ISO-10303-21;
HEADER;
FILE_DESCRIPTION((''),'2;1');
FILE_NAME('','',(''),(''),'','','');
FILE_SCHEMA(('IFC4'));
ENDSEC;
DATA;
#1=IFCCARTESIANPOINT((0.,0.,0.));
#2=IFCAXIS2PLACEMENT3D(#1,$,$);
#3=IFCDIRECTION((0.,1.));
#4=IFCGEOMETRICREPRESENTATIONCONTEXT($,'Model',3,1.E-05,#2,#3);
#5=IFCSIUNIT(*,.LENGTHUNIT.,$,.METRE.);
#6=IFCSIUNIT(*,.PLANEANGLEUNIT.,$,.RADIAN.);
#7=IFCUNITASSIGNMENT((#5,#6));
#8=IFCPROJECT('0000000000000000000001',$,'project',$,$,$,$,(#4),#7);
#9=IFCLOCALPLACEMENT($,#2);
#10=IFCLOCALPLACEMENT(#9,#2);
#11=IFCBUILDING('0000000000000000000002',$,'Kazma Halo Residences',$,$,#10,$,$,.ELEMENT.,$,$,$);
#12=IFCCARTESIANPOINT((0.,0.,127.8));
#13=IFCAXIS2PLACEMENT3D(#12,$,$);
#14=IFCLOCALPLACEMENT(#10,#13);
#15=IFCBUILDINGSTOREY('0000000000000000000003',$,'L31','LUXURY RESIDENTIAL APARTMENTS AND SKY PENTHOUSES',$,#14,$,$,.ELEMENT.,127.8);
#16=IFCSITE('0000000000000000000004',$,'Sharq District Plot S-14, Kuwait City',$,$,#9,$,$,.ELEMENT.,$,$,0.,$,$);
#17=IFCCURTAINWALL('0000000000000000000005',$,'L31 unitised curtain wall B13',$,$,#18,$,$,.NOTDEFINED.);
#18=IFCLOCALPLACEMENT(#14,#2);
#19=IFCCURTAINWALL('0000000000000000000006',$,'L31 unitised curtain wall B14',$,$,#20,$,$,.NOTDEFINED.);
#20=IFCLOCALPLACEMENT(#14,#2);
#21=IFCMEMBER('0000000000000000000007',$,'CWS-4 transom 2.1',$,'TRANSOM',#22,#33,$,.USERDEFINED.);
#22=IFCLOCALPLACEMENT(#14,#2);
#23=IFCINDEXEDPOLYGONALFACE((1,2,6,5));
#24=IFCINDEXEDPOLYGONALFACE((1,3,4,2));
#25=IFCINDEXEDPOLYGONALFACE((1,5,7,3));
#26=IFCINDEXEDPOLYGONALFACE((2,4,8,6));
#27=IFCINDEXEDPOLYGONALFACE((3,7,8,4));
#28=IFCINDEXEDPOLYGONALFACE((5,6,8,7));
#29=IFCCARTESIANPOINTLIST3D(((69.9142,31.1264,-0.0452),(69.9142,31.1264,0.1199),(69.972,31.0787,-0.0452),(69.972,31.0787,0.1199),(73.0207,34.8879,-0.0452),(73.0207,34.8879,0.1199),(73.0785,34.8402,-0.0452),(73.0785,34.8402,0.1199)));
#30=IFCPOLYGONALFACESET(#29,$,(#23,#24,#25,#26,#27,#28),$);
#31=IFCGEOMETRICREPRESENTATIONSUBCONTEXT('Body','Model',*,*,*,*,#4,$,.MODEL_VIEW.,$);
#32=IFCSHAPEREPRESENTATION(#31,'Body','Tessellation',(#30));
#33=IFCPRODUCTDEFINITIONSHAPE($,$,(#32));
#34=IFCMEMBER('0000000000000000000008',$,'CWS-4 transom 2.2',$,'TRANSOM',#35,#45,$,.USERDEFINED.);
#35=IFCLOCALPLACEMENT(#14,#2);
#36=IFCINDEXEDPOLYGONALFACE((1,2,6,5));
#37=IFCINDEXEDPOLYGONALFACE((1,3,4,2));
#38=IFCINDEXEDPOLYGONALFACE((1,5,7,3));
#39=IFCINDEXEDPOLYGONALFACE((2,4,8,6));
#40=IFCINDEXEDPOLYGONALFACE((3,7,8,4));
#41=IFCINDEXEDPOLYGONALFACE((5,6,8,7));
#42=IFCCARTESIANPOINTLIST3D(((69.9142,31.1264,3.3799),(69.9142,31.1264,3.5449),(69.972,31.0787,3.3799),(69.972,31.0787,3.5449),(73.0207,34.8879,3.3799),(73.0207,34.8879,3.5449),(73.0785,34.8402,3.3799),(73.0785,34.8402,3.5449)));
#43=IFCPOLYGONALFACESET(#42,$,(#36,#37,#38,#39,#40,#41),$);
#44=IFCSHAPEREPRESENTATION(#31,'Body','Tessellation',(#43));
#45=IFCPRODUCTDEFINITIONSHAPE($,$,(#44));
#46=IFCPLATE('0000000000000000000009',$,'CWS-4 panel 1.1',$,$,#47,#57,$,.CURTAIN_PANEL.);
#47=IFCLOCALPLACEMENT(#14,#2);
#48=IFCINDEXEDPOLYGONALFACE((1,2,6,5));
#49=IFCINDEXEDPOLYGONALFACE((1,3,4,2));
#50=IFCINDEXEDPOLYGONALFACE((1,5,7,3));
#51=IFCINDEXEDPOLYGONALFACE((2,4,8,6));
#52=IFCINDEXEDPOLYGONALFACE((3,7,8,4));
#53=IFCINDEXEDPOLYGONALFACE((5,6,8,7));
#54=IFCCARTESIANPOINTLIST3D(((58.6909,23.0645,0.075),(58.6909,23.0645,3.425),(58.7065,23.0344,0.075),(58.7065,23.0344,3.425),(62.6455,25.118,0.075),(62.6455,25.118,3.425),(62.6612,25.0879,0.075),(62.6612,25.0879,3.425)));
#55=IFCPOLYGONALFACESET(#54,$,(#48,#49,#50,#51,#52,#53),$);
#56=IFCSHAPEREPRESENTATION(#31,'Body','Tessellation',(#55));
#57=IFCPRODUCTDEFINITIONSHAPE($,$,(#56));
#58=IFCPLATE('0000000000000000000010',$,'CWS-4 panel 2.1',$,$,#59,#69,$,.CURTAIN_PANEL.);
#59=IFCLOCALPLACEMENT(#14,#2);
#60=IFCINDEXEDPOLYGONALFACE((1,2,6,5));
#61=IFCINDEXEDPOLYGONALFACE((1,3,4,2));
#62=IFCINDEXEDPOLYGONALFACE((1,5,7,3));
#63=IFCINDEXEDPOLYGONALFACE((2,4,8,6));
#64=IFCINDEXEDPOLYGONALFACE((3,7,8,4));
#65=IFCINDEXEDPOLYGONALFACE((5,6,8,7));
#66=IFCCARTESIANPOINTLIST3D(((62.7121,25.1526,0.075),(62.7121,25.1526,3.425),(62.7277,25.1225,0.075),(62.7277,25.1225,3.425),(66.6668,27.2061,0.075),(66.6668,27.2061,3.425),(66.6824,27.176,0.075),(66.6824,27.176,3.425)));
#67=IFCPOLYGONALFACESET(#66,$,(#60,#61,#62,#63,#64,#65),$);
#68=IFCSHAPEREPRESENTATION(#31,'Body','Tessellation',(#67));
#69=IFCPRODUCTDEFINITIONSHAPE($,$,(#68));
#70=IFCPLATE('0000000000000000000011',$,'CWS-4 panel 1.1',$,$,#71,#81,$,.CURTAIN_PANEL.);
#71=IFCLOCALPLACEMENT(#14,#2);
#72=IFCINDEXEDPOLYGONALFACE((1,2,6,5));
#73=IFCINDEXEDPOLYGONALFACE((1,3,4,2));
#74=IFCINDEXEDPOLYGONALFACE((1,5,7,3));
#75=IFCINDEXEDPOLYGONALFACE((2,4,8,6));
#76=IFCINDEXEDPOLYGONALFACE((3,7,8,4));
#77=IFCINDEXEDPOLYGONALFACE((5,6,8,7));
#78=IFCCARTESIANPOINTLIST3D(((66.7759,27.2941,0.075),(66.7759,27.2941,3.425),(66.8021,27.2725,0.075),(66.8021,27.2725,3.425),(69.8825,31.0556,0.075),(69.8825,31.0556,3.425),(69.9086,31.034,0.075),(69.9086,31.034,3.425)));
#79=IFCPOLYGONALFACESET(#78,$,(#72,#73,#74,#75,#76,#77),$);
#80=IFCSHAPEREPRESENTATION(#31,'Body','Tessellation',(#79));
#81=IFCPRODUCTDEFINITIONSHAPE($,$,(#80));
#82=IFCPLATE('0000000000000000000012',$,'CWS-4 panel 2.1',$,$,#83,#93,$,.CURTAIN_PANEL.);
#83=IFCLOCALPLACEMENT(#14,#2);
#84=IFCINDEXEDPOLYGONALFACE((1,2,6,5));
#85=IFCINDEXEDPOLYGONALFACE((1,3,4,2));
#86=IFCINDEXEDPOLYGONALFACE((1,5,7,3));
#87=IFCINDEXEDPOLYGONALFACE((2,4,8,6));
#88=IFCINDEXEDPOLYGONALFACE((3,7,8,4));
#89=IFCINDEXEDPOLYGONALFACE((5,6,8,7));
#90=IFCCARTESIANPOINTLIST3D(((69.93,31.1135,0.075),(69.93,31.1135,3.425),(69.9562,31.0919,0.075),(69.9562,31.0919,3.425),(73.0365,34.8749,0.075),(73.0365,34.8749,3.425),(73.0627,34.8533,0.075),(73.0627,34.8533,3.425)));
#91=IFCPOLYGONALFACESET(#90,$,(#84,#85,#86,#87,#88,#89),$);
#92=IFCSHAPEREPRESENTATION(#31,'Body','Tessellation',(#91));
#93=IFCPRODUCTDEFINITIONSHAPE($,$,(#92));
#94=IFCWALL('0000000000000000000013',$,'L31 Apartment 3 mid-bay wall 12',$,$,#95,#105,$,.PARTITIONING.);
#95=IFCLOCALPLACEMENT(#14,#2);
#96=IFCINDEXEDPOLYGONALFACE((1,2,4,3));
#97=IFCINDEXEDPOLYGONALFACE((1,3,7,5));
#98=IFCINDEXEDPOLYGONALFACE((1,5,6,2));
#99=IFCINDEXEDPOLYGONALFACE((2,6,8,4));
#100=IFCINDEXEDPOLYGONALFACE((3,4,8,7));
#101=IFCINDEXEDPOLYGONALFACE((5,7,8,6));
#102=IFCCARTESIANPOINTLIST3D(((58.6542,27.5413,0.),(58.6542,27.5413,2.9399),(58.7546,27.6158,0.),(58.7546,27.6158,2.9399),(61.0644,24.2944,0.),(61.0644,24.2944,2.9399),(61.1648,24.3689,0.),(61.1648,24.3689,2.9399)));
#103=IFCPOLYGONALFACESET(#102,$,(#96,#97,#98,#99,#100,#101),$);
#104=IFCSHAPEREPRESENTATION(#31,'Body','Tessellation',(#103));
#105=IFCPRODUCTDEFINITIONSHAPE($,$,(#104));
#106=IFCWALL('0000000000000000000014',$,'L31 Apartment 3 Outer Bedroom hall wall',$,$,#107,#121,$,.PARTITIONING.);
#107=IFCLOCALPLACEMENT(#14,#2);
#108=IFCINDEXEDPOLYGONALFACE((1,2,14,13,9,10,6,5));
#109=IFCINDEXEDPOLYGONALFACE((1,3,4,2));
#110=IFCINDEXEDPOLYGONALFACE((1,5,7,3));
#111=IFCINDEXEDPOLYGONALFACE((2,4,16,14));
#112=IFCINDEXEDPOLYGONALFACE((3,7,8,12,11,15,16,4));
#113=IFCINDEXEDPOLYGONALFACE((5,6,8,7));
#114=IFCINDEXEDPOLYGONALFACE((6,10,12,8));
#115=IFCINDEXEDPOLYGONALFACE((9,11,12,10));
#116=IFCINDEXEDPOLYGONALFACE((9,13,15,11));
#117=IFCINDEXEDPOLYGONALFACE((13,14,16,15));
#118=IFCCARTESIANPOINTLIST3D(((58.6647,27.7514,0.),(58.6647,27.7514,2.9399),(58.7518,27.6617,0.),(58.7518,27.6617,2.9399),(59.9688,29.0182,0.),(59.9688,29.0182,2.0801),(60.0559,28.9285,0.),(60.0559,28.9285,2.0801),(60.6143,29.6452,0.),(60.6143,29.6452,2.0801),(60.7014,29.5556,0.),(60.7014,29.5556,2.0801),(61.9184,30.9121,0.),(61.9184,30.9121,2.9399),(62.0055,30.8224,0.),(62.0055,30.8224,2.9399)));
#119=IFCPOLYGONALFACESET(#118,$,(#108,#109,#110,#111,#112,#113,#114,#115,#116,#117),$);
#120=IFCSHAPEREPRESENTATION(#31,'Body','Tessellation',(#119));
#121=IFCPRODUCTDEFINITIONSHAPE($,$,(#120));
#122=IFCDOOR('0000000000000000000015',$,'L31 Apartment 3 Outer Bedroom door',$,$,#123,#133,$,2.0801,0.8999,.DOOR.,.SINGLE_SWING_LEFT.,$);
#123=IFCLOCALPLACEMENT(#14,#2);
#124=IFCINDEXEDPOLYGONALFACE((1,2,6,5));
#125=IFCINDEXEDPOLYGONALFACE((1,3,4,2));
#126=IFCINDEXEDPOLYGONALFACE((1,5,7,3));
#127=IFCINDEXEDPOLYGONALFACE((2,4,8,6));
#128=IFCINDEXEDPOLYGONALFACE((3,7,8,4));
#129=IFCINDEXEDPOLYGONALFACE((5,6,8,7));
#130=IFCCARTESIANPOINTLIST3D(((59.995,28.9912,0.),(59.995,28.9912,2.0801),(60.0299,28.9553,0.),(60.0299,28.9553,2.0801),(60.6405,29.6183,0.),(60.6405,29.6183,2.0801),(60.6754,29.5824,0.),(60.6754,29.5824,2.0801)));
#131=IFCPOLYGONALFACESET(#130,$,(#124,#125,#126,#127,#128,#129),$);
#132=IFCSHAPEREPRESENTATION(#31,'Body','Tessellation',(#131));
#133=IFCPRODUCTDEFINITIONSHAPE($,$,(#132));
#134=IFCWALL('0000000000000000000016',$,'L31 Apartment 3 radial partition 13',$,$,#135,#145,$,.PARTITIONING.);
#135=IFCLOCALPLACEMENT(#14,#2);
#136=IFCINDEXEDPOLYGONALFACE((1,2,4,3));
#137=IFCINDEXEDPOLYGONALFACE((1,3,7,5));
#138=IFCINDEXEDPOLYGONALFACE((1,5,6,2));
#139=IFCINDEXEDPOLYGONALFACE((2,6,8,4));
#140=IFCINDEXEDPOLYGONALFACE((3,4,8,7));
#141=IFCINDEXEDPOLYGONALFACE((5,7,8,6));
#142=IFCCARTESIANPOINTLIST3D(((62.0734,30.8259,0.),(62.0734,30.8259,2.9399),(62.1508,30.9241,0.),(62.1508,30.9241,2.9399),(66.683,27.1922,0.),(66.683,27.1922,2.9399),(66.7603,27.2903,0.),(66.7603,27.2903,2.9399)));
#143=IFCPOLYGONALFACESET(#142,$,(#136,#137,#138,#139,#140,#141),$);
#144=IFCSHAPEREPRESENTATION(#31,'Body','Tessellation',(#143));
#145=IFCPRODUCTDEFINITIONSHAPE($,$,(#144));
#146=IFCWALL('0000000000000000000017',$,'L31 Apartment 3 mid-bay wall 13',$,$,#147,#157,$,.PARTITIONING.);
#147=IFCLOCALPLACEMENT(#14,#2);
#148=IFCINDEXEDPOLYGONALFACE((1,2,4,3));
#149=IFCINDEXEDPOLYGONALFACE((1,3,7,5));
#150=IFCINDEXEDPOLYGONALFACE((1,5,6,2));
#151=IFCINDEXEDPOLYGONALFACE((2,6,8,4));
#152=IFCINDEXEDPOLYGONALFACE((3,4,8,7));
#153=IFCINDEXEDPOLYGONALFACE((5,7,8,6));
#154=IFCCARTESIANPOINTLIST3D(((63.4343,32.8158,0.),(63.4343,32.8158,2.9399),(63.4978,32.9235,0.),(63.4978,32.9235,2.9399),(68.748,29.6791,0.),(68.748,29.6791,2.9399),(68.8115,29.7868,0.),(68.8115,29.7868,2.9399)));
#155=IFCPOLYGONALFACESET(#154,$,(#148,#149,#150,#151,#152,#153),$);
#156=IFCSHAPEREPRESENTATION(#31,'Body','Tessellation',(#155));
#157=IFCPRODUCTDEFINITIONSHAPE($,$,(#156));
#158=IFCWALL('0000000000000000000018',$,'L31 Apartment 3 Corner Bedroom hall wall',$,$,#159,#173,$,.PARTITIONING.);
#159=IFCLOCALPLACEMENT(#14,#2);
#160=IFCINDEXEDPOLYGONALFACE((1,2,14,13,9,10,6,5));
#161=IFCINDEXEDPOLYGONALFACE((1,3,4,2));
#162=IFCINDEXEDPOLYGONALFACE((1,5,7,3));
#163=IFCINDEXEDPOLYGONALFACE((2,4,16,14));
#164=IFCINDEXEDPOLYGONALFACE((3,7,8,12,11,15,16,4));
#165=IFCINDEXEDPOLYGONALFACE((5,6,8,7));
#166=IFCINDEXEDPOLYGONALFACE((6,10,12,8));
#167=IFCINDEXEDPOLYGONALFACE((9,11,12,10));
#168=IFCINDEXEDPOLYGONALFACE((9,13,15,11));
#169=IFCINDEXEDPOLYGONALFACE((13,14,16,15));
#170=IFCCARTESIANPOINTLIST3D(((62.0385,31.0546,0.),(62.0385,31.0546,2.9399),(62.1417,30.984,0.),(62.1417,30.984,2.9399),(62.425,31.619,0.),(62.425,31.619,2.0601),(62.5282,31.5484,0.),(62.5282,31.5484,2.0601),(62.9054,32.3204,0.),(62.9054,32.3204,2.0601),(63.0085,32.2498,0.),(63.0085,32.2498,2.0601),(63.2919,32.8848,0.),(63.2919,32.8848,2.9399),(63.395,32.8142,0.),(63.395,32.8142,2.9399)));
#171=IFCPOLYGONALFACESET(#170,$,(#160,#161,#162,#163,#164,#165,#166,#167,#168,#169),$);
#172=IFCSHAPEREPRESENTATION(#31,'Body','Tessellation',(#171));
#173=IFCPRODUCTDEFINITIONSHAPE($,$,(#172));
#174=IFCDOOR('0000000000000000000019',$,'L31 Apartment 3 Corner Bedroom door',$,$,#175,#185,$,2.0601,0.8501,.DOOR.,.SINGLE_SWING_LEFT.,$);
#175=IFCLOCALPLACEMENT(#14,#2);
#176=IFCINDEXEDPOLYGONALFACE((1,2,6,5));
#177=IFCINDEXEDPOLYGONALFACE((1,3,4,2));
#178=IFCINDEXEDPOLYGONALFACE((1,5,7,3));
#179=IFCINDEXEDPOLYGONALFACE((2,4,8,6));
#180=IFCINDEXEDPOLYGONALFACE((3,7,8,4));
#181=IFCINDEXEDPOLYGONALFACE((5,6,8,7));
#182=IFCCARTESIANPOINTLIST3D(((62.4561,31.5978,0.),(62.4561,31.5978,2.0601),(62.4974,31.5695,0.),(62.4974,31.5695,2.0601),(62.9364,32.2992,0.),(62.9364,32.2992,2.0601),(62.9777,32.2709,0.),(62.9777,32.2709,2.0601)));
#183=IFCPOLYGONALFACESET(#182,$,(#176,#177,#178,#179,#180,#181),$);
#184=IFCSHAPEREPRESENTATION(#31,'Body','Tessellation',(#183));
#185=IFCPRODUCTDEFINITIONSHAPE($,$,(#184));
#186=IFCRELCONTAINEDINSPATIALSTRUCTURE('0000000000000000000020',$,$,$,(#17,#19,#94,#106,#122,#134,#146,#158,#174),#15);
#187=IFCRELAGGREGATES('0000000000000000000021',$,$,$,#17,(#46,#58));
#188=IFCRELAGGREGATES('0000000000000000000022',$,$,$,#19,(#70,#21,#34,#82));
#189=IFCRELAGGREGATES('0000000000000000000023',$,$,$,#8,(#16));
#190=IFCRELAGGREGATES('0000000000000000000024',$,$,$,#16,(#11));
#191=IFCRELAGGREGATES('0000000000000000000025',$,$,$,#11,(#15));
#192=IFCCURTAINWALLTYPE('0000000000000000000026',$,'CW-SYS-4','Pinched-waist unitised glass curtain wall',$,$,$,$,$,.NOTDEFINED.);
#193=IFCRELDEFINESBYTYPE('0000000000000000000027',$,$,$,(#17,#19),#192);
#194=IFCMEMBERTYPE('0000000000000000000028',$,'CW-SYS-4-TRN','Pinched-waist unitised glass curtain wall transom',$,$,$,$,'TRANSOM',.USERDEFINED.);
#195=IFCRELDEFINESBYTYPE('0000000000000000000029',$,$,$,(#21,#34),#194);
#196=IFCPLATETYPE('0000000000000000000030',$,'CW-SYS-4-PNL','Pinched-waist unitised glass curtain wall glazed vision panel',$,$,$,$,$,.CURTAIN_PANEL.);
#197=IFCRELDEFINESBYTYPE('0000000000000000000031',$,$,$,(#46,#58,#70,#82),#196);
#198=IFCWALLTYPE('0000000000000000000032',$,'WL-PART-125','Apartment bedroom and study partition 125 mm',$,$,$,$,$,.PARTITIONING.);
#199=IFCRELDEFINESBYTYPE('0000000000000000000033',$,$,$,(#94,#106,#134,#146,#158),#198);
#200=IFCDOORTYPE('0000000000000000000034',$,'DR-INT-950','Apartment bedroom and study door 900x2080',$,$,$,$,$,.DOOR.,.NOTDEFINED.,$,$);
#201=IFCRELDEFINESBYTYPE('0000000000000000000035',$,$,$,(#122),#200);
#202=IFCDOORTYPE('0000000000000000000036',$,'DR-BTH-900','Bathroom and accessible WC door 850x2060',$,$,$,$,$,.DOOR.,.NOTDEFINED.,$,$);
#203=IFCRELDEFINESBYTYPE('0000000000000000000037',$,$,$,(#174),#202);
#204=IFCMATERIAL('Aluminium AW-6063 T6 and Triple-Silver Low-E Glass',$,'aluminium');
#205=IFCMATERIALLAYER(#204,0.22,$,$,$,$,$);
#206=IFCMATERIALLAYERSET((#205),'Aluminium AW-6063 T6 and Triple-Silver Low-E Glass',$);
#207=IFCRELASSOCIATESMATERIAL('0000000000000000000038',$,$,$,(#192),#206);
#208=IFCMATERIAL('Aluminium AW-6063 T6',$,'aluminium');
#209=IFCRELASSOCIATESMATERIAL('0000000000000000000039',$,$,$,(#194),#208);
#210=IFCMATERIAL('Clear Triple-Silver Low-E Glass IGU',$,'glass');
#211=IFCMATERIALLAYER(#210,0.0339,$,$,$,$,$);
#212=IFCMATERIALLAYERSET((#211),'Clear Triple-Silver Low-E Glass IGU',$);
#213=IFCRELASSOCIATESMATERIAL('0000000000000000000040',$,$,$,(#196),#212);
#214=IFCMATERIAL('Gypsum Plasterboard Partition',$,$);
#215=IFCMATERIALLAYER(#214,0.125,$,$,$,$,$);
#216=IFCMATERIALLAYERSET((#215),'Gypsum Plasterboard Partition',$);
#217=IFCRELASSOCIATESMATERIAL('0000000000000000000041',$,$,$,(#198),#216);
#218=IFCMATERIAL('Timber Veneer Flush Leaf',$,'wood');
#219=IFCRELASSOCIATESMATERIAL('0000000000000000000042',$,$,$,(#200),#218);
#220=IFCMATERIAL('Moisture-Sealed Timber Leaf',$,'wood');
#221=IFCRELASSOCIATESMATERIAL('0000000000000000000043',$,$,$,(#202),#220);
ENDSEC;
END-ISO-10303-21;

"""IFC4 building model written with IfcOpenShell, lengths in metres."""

from ifc_helpers import new_model, si_unit, direction, frame, frame_2d, origin, origin_2d, place, context, subcontext, project, spatial, rectangle, extrude, material, layer, layer_set, material_profile, profile_set, type_object, element, fill, aggregate, save


model = new_model("IFC4")

# Units and contexts
model_context = context("Model", 3, precision=1e-05, world=origin(), true_north=direction((0.0, 1.0)))
body_context = subcontext(model_context, "Body", "Model", "MODEL_VIEW")
ifc_project = project(units=[si_unit("LENGTHUNIT", "METRE"), si_unit("PLANEANGLEUNIT", "RADIAN")], contexts=[model_context])

# Site, building, storey
site_placement = place(None, origin())
site = spatial("IfcSite", under=ifc_project, at=site_placement, Name="Sharq District Plot S-14, Kuwait City", CompositionType="ELEMENT", RefElevation=0.0)
building_placement = place(site_placement, origin())
building = spatial("IfcBuilding", under=site, at=building_placement, Name="Kazma Halo Residences", CompositionType="ELEMENT")
storey_placement = place(building_placement, frame((0.0, 0.0, 127.8)))
storey = spatial("IfcBuildingStorey", under=building, at=storey_placement, Name="L31", Description="LUXURY RESIDENTIAL APARTMENTS AND SKY PENTHOUSES", CompositionType="ELEMENT", Elevation=127.8)

# Curtain walls
ifc_material_1 = material(Name="Aluminium AW-6063 T6 and Triple-Silver Low-E Glass", Category="aluminium")
ifc_layer_1 = layer(ifc_material_1, 0.22)
ifc_layer_set_1 = layer_set([ifc_layer_1], Name="Aluminium AW-6063 T6 and Triple-Silver Low-E Glass")
curtain_wall_type = type_object("IfcCurtainWallType", Name="CW-SYS-4", Description="Pinched-waist unitised glass curtain wall", PredefinedType="NOTDEFINED", material=ifc_layer_set_1)
curtain_wall_1_placement = place(storey_placement, origin())
curtain_wall_1 = element("IfcCurtainWall", 1, at=curtain_wall_1_placement, inside=storey, type_object=curtain_wall_type, Name="L31 unitised curtain wall B13", PredefinedType="NOTDEFINED")
ifc_material_2 = material(Name="Aluminium AW-6063 T6", Category="aluminium")
curtain_wall_2_placement = place(storey_placement, origin())
curtain_wall_2 = element("IfcCurtainWall", 2, at=curtain_wall_2_placement, inside=storey, type_object=curtain_wall_type, Name="L31 unitised curtain wall B14", PredefinedType="NOTDEFINED")

# Members
ifc_material_profile_1 = material_profile(ifc_material_2, rectangle(XDim=0.075, YDim=0.165, at=origin_2d()), Name="CWT-75x165")
ifc_profile_set_1 = profile_set([ifc_material_profile_1], Name="Aluminium AW-6063 T6")
member_type_1 = type_object("IfcMemberType", Name="CW-SYS-4-TRN", Description="Pinched-waist unitised glass curtain wall transom", ElementType="TRANSOM", PredefinedType="USERDEFINED", material=ifc_profile_set_1)
member_1_placement = place(storey_placement, frame((69.9431, 31.1025, 0.0374), z_axis=(0.636777, 0.771048, 0.0), x_axis=(-0.771048, 0.636777, 0.0)))
member_1 = element("IfcMember", 3, at=member_1_placement, type_object=member_type_1, Name="CWS-4 transom 2.1", ObjectType="TRANSOM", PredefinedType="USERDEFINED", context=body_context, shape_type="SweptSolid", body=[
    extrude(rectangle(XDim=0.075, YDim=0.165, at=origin_2d()), origin(), (0.0, 0.0, 1.0), 4.8784),
])
member_2_placement = place(storey_placement, frame((69.9431, 31.1025, 3.4624), z_axis=(0.636777, 0.771048, 0.0), x_axis=(-0.771048, 0.636777, 0.0)))
member_2 = element("IfcMember", 4, at=member_2_placement, type_object=member_type_1, Name="CWS-4 transom 2.2", ObjectType="TRANSOM", PredefinedType="USERDEFINED", context=body_context, shape_type="SweptSolid", body=[
    extrude(rectangle(XDim=0.075, YDim=0.165, at=origin_2d()), origin(), (0.0, 0.0, 1.0), 4.8784),
])

# Plates
ifc_material_3 = material(Name="Clear Triple-Silver Low-E Glass IGU", Category="glass")
ifc_layer_2 = layer(ifc_material_3, 0.0339)
ifc_layer_set_2 = layer_set([ifc_layer_2], Name="Clear Triple-Silver Low-E Glass IGU")
plate_type = type_object("IfcPlateType", Name="CW-SYS-4-PNL", Description="Pinched-waist unitised glass curtain wall glazed vision panel", PredefinedType="CURTAIN_PANEL", material=ifc_layer_set_2)
plate_1_placement = place(storey_placement, frame((60.676, 24.0762, 0.075), z_axis=(0.0, 0.0, 1.0), x_axis=(0.887485, 0.460837, 0.0)))
plate_1 = element("IfcPlate", 5, at=plate_1_placement, type_object=plate_type, Name="CWS-4 panel 1.1", PredefinedType="CURTAIN_PANEL", context=body_context, shape_type="SweptSolid", body=[
    extrude(rectangle(XDim=4.4561, YDim=0.0339, at=origin_2d()), origin(), (0.0, 0.0, 1.0), 3.3501),
])
plate_2_placement = place(storey_placement, frame((64.6973, 26.1643, 0.075), z_axis=(0.0, 0.0, 1.0), x_axis=(0.887485, 0.460837, 0.0)))
plate_2 = element("IfcPlate", 6, at=plate_2_placement, type_object=plate_type, Name="CWS-4 panel 2.1", PredefinedType="CURTAIN_PANEL", context=body_context, shape_type="SweptSolid", body=[
    extrude(rectangle(XDim=4.4561, YDim=0.0339, at=origin_2d()), origin(), (0.0, 0.0, 1.0), 3.3501),
])
aggregate(curtain_wall_1, [plate_1, plate_2])
plate_3_placement = place(storey_placement, frame((68.3423, 29.1641, 0.075), z_axis=(0.0, 0.0, 1.0), x_axis=(0.63679, 0.771037, 0.0)))
plate_3 = element("IfcPlate", 7, at=plate_3_placement, type_object=plate_type, Name="CWS-4 panel 1.1", PredefinedType="CURTAIN_PANEL", context=body_context, shape_type="SweptSolid", body=[
    extrude(rectangle(XDim=4.8784, YDim=0.0339, at=origin_2d()), origin(), (0.0, 0.0, 1.0), 3.3501),
])
plate_4_placement = place(storey_placement, frame((71.4963, 32.9834, 0.075), z_axis=(0.0, 0.0, 1.0), x_axis=(0.63679, 0.771037, 0.0)))
plate_4 = element("IfcPlate", 8, at=plate_4_placement, type_object=plate_type, Name="CWS-4 panel 2.1", PredefinedType="CURTAIN_PANEL", context=body_context, shape_type="SweptSolid", body=[
    extrude(rectangle(XDim=4.8784, YDim=0.0339, at=origin_2d()), origin(), (0.0, 0.0, 1.0), 3.3501),
])
aggregate(curtain_wall_2, [plate_3, member_1, member_2, plate_4])

# Wall
ifc_material_4 = material(Name="Gypsum Plasterboard Partition")
ifc_layer_3 = layer(ifc_material_4, 0.125)
ifc_layer_set_3 = layer_set([ifc_layer_3], Name="Gypsum Plasterboard Partition")
wall_type = type_object("IfcWallType", Name="WL-PART-125", Description="Apartment bedroom and study partition 125 mm", PredefinedType="PARTITIONING", material=ifc_layer_set_3)
wall_1_placement = place(storey_placement, frame((58.7043, 27.5786, 0.0), z_axis=(0.0, 0.0, 1.0), x_axis=(0.596042, -0.802954, 0.0)))
element("IfcWall", 9, at=wall_1_placement, inside=storey, type_object=wall_type, Name="L31 Apartment 3 mid-bay wall 12", PredefinedType="PARTITIONING", context=body_context, shape_type="SweptSolid", body=[
    extrude(rectangle(XDim=4.0437, YDim=0.125, at=frame_2d((2.022, 0.0))), origin(), (0.0, 0.0, 1.0), 2.9399),
])

# Wall, opening, door
wall_2_placement = place(storey_placement, frame((58.7083, 27.7065, 0.0), z_axis=(0.0, 0.0, 1.0), x_axis=(0.717286, 0.696779, 0.0)))
wall_2 = element("IfcWall", 10, at=wall_2_placement, inside=storey, type_object=wall_type, Name="L31 Apartment 3 Outer Bedroom hall wall", PredefinedType="PARTITIONING", context=body_context, shape_type="SweptSolid", body=[
    extrude(rectangle(XDim=4.5361, YDim=0.125, at=frame_2d((2.2681, 0.0))), origin(), (0.0, 0.0, 1.0), 2.9399),
])
opening_1_placement = place(wall_2_placement, frame((1.8181, 0.0, 0.0)))
opening_1 = element("IfcOpeningElement", 11, at=opening_1_placement, cuts=wall_2, PredefinedType="OPENING", context=body_context, shape_type="SweptSolid", body=[
    extrude(rectangle(XDim=0.8999, YDim=2.0801, at=frame_2d((0.45, 1.04))), frame((0.0, 0.0725, 0.0), z_axis=(0.0, -1.0, 0.0), x_axis=(1.0, 0.0, 0.0)), (0.0, 0.0, 1.0), 0.145),
])
ifc_material_5 = material(Name="Timber Veneer Flush Leaf", Category="wood")
door_type_1 = type_object("IfcDoorType", Name="DR-INT-950", Description="Apartment bedroom and study door 900x2080", OperationType="NOTDEFINED", PredefinedType="DOOR", material=ifc_material_5)
door_1_placement = place(opening_1_placement, origin())
door_1 = element("IfcDoor", 12, at=door_1_placement, inside=storey, type_object=door_type_1, Name="L31 Apartment 3 Outer Bedroom door", OperationType="SINGLE_SWING_LEFT", OverallHeight=2.0801, OverallWidth=0.8999, PredefinedType="DOOR", context=body_context, shape_type="SweptSolid", body=[
    extrude(rectangle(XDim=0.8999, YDim=2.0801, at=frame_2d((0.45, 1.04))), frame((0.0, 0.0249, 0.0), z_axis=(0.0, -1.0, 0.0), x_axis=(1.0, 0.0, 0.0)), (0.0, 0.0, 1.0), 0.05),
])
fill(opening_1, door_1)

# Walls
wall_3_placement = place(storey_placement, frame((62.1121, 30.875, 0.0), z_axis=(0.0, 0.0, 1.0), x_axis=(0.785329, -0.619079, 0.0)))
element("IfcWall", 13, at=wall_3_placement, inside=storey, type_object=wall_type, Name="L31 Apartment 3 radial partition 13", PredefinedType="PARTITIONING", context=body_context, shape_type="SweptSolid", body=[
    extrude(rectangle(XDim=5.8696, YDim=0.125, at=frame_2d((2.9348, 0.0))), origin(), (0.0, 0.0, 1.0), 2.9399),
])
wall_4_placement = place(storey_placement, frame((63.4661, 32.8696, 0.0), z_axis=(0.0, 0.0, 1.0), x_axis=(0.861154, -0.508344, 0.0)))
element("IfcWall", 14, at=wall_4_placement, inside=storey, type_object=wall_type, Name="L31 Apartment 3 mid-bay wall 13", PredefinedType="PARTITIONING", context=body_context, shape_type="SweptSolid", body=[
    extrude(rectangle(XDim=6.1704, YDim=0.125, at=frame_2d((3.0852, 0.0))), origin(), (0.0, 0.0, 1.0), 2.9399),
])

# Wall, opening, door
wall_5_placement = place(storey_placement, frame((62.0901, 31.0193, 0.0), z_axis=(0.0, 0.0, 1.0), x_axis=(0.565019, 0.825078, 0.0)))
wall_5 = element("IfcWall", 15, at=wall_5_placement, inside=storey, type_object=wall_type, Name="L31 Apartment 3 Corner Bedroom hall wall", PredefinedType="PARTITIONING", context=body_context, shape_type="SweptSolid", body=[
    extrude(rectangle(XDim=2.2183, YDim=0.125, at=frame_2d((1.1091, 0.0))), origin(), (0.0, 0.0, 1.0), 2.9399),
])
opening_2_placement = place(wall_5_placement, frame((0.6841, 0.0, 0.0)))
opening_2 = element("IfcOpeningElement", 16, at=opening_2_placement, cuts=wall_5, PredefinedType="OPENING", context=body_context, shape_type="SweptSolid", body=[
    extrude(rectangle(XDim=0.8501, YDim=2.0601, at=frame_2d((0.425, 1.03))), frame((0.0, 0.0725, 0.0), z_axis=(0.0, -1.0, 0.0), x_axis=(1.0, 0.0, 0.0)), (0.0, 0.0, 1.0), 0.145),
])
ifc_material_6 = material(Name="Moisture-Sealed Timber Leaf", Category="wood")
door_type_2 = type_object("IfcDoorType", Name="DR-BTH-900", Description="Bathroom and accessible WC door 850x2060", OperationType="NOTDEFINED", PredefinedType="DOOR", material=ifc_material_6)
door_2_placement = place(opening_2_placement, origin())
door_2 = element("IfcDoor", 17, at=door_2_placement, inside=storey, type_object=door_type_2, Name="L31 Apartment 3 Corner Bedroom door", OperationType="SINGLE_SWING_LEFT", OverallHeight=2.0601, OverallWidth=0.8501, PredefinedType="DOOR", context=body_context, shape_type="SweptSolid", body=[
    extrude(rectangle(XDim=0.8501, YDim=2.0601, at=frame_2d((0.425, 1.03))), frame((0.0, 0.0249, 0.0), z_axis=(0.0, -1.0, 0.0), x_axis=(1.0, 0.0, 0.0)), (0.0, 0.0, 1.0), 0.05),
])
fill(opening_2, door_2)

save(model, "model.ifc")
